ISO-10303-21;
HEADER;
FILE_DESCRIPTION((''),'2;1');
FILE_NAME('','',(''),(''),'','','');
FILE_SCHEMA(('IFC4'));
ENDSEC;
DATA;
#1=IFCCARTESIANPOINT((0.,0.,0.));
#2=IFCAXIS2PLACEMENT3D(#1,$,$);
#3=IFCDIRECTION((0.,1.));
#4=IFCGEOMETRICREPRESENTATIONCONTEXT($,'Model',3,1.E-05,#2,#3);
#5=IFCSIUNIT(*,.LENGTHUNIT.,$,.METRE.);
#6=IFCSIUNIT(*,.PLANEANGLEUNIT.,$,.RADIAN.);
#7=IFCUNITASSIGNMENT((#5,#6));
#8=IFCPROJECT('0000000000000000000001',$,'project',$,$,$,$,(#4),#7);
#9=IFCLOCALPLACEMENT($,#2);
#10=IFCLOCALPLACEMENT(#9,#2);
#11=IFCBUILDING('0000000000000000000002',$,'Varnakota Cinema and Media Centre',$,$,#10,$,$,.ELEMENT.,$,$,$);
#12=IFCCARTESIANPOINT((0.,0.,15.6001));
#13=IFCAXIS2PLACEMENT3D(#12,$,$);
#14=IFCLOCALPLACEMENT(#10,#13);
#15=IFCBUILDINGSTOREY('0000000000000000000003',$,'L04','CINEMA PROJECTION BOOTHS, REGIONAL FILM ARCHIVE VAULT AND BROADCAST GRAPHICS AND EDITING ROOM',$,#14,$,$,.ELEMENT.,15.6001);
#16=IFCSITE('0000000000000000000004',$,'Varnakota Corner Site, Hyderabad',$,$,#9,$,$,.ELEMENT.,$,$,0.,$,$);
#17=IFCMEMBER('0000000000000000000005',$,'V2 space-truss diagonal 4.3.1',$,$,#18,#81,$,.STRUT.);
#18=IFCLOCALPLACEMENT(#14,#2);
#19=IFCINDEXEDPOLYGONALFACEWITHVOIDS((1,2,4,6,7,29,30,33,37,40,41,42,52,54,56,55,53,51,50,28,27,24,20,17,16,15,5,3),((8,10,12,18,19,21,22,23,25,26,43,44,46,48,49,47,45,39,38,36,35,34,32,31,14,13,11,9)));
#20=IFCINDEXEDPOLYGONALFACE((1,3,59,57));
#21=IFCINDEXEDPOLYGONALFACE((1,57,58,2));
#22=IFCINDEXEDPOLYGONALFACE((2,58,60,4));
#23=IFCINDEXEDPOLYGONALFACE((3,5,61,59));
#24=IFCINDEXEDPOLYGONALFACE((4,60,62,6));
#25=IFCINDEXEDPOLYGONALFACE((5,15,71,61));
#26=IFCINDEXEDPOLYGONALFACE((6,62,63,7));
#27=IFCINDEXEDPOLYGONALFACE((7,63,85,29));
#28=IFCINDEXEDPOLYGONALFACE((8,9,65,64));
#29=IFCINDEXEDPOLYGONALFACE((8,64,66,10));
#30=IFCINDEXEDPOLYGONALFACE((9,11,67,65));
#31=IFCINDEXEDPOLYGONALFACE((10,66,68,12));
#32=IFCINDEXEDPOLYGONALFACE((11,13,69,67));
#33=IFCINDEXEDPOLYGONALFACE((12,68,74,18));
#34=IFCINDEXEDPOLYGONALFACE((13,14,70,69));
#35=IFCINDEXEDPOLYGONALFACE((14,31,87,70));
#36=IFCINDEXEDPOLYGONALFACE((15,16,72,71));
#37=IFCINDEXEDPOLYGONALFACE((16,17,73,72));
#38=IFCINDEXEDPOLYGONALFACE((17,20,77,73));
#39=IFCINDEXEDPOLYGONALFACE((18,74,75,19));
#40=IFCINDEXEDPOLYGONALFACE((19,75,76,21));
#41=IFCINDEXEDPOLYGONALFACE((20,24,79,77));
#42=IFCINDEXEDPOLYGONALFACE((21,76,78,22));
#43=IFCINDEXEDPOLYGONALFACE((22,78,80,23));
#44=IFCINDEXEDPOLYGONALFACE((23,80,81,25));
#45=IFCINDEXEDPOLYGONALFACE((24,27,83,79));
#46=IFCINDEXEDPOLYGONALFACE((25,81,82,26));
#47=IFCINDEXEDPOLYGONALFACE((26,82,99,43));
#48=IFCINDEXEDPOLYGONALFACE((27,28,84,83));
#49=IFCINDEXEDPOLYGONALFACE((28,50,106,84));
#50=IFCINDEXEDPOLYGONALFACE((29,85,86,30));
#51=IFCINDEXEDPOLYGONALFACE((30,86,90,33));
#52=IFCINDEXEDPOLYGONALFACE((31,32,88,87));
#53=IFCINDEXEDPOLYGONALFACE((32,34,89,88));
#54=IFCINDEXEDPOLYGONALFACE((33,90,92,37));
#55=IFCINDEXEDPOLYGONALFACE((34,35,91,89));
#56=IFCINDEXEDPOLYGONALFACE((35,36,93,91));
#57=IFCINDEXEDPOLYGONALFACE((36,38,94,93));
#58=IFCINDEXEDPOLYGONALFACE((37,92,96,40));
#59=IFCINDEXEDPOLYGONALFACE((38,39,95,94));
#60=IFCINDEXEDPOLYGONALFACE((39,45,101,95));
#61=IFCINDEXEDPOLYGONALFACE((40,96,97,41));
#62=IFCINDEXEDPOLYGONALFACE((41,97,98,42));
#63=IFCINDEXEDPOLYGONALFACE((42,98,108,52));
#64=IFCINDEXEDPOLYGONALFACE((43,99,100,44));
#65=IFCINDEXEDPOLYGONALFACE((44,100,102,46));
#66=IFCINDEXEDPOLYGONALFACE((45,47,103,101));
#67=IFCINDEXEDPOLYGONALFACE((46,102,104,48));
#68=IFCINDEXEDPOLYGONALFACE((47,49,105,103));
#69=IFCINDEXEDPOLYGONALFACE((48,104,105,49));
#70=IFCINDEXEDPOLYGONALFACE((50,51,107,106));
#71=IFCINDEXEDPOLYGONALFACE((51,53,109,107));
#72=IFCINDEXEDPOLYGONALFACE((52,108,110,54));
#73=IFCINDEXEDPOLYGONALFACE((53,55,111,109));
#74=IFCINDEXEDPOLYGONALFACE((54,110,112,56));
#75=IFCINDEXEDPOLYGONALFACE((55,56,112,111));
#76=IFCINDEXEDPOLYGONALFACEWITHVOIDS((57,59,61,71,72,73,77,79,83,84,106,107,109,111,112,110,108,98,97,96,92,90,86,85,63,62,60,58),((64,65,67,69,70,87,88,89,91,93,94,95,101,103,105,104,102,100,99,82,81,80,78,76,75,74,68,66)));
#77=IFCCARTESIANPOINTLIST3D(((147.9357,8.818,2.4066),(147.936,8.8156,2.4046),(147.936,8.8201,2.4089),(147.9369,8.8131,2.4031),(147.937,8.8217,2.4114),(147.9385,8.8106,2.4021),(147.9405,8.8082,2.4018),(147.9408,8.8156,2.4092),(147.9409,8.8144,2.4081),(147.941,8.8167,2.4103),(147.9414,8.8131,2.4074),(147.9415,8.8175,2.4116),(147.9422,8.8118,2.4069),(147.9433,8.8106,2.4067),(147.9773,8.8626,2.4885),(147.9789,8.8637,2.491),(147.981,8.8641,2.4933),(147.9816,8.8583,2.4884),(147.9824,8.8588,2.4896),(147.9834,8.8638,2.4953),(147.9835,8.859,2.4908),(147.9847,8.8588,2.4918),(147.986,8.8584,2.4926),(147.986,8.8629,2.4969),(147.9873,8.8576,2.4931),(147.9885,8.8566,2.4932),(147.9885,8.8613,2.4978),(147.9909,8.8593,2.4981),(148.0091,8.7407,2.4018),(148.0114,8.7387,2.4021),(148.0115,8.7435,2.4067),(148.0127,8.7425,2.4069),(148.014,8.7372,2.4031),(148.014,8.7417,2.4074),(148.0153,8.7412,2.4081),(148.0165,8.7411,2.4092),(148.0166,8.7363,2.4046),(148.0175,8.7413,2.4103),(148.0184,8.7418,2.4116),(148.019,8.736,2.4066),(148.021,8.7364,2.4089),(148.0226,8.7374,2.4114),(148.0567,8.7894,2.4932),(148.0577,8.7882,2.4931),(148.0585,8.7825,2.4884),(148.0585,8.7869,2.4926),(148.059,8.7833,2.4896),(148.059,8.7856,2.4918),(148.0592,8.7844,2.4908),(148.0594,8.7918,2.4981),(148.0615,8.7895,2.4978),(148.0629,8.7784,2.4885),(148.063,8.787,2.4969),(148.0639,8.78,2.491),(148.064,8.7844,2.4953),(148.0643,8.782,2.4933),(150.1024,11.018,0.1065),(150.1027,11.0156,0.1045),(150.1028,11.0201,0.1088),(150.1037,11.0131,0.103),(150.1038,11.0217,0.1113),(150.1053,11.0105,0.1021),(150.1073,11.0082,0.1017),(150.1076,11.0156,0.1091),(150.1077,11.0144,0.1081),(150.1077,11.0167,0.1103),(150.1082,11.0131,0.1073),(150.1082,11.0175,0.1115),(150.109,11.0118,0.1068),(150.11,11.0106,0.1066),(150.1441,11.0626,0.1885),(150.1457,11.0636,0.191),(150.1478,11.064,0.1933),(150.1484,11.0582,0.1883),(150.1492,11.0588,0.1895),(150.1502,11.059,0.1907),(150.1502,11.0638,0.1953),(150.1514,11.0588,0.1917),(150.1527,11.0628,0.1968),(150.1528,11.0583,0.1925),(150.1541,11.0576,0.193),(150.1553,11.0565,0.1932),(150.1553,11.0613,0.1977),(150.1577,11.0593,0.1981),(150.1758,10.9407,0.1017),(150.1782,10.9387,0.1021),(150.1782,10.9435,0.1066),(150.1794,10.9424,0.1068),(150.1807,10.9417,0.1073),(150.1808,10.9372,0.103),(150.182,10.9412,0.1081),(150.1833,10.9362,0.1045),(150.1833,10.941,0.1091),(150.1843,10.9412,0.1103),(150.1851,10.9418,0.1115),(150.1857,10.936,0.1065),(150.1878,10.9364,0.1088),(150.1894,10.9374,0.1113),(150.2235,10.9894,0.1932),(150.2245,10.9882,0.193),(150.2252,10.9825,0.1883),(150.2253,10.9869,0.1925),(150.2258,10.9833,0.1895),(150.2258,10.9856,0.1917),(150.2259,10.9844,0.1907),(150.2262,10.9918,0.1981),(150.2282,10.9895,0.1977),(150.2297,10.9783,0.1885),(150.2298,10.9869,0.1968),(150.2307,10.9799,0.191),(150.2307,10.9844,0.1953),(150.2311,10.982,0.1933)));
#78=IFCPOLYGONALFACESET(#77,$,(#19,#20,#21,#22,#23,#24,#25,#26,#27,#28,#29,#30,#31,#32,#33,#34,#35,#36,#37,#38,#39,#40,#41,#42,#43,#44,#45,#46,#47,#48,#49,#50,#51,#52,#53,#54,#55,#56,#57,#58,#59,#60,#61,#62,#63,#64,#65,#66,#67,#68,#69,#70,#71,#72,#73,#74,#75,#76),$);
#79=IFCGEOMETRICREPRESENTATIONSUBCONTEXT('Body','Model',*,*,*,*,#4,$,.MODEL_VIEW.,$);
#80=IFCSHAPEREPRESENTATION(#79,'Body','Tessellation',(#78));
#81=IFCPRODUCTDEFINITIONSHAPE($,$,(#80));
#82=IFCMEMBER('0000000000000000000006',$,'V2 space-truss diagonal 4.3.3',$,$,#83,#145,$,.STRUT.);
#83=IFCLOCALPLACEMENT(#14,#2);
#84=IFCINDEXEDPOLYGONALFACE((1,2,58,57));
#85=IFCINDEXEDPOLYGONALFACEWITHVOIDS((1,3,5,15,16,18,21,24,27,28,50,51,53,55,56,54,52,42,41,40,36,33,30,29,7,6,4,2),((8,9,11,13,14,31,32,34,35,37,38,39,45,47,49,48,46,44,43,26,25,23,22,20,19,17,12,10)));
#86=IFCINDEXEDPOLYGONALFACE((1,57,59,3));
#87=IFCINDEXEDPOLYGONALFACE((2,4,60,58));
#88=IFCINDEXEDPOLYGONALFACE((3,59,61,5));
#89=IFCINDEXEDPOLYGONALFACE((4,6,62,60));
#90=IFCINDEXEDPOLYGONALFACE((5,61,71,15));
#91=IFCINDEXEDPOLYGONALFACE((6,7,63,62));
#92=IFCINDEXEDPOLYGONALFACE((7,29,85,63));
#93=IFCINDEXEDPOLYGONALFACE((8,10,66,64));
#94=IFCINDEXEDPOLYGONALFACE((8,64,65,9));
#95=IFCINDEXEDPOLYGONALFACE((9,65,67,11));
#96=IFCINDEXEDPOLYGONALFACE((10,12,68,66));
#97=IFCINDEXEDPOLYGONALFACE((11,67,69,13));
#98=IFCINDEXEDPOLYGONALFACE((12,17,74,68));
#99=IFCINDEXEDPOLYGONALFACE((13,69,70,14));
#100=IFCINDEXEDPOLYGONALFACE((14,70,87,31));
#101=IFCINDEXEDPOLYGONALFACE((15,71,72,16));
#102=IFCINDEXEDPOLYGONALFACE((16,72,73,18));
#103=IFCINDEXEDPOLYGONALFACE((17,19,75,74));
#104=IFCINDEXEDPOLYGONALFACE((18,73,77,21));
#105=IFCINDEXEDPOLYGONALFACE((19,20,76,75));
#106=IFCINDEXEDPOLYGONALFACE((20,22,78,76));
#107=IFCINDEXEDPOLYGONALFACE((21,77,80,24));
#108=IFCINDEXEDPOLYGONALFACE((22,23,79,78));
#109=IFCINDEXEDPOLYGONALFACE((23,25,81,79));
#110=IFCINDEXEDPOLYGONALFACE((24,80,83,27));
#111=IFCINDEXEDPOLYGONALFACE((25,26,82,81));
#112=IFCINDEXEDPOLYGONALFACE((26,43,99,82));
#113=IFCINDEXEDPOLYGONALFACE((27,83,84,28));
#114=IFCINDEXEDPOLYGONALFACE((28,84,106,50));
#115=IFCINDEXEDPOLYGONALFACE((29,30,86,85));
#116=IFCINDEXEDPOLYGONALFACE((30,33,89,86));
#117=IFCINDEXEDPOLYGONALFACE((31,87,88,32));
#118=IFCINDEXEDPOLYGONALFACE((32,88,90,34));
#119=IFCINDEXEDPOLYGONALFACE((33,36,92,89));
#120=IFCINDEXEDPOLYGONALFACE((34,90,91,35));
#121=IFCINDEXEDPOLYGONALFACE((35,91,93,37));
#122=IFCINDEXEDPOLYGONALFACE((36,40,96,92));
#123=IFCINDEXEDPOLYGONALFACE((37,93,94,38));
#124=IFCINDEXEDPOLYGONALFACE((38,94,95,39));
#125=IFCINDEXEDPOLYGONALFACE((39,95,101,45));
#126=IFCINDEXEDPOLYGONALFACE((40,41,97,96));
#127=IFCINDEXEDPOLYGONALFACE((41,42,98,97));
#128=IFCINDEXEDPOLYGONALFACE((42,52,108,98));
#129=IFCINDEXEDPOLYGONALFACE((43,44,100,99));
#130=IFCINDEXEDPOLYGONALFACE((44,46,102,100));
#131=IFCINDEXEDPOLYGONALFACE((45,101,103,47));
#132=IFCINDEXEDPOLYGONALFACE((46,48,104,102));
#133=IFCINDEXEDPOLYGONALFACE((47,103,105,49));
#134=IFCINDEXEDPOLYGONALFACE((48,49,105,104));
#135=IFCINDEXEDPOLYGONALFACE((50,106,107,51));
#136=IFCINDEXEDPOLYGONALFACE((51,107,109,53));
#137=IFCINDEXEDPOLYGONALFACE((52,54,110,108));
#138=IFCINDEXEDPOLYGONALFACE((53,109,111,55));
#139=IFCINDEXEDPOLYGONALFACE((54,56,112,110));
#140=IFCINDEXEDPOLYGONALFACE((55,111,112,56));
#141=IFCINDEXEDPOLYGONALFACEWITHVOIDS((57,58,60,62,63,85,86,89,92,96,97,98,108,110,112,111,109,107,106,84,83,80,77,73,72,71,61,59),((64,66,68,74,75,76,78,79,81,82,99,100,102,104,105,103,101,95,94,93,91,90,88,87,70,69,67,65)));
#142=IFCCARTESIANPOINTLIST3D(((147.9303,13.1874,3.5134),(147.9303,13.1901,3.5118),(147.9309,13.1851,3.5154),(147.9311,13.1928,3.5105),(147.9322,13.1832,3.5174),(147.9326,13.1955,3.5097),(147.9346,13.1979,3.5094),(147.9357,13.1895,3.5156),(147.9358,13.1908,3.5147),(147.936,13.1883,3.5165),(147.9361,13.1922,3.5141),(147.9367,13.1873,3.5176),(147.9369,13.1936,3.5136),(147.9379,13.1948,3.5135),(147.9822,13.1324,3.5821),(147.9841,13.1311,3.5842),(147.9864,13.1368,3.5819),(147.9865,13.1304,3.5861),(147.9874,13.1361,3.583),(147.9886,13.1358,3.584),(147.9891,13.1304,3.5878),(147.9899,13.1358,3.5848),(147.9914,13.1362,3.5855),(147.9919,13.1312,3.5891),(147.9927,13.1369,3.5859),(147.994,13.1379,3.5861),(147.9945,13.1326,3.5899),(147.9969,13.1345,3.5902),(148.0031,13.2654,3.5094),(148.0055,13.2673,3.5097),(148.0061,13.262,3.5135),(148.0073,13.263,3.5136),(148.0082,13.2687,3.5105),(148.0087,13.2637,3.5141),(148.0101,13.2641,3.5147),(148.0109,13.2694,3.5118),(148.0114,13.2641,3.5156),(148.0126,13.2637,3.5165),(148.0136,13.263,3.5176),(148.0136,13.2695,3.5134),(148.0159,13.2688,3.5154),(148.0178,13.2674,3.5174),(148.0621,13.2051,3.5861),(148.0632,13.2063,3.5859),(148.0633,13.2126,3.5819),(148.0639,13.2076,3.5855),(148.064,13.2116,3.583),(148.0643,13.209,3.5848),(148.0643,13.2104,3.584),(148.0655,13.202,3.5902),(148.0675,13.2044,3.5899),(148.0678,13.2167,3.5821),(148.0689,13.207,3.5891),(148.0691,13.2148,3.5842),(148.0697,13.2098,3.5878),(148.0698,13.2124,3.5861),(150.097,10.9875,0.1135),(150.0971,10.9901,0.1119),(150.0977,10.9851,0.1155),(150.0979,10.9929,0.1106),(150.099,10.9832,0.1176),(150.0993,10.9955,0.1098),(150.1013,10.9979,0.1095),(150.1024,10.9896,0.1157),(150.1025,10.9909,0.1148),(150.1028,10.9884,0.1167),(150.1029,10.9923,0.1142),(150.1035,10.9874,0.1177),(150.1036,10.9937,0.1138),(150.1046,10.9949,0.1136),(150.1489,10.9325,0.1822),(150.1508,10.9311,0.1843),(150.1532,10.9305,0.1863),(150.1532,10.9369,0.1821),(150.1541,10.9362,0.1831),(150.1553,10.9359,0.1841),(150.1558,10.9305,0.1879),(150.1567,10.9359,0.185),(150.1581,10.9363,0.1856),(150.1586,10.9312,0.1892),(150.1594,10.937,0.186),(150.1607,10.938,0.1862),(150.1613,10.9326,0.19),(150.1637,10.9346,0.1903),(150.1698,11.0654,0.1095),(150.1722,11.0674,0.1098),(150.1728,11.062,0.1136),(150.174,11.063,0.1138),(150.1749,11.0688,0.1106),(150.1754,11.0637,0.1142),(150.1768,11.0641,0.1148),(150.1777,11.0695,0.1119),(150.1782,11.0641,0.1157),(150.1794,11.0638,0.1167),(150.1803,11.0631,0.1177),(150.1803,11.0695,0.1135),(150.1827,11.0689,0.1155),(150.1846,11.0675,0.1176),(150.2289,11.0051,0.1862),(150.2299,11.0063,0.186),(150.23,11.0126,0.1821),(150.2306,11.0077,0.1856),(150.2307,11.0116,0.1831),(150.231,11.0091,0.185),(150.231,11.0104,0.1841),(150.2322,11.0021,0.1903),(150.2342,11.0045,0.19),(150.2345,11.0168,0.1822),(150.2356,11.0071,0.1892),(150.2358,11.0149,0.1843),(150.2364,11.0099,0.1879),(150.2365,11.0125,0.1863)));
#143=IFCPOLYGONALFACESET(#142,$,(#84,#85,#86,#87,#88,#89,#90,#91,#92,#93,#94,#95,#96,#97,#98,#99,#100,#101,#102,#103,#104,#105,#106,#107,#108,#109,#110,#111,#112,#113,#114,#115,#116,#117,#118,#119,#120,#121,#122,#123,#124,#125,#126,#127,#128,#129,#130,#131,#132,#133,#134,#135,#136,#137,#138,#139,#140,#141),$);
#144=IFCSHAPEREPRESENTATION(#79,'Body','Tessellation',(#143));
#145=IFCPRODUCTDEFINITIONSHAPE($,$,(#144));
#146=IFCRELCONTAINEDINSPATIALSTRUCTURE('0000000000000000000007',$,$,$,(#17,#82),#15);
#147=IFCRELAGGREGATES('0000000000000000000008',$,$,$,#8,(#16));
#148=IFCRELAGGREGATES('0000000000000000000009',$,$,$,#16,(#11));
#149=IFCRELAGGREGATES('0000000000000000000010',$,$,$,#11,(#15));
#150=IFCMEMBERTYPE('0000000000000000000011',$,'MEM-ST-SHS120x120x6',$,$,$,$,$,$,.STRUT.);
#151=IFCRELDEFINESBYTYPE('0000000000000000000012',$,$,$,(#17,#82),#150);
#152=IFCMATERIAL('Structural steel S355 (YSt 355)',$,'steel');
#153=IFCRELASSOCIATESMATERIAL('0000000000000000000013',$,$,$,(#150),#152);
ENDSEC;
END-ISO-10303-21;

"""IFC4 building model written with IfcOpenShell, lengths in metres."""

from ifc_helpers import new_model, si_unit, direction, frame, origin, origin_2d, place, context, subcontext, project, spatial, hollow_rectangle, extrude, material, material_profile, profile_set, type_object, element, save


model = new_model("IFC4")

# Units and contexts
model_context = context("Model", 3, precision=1e-05, world=origin(), true_north=direction((0.0, 1.0)))
body_context = subcontext(model_context, "Body", "Model", "MODEL_VIEW")
ifc_project = project(units=[si_unit("LENGTHUNIT", "METRE"), si_unit("PLANEANGLEUNIT", "RADIAN")], contexts=[model_context])

# Site, building, storey
site_placement = place(None, origin())
site = spatial("IfcSite", under=ifc_project, at=site_placement, Name="Varnakota Corner Site, Hyderabad", CompositionType="ELEMENT", RefElevation=0.0)
building_placement = place(site_placement, origin())
building = spatial("IfcBuilding", under=site, at=building_placement, Name="Varnakota Cinema and Media Centre", CompositionType="ELEMENT")
storey_placement = place(building_placement, frame((0.0, 0.0, 15.6001)))
storey = spatial("IfcBuildingStorey", under=building, at=storey_placement, Name="L04", Description="CINEMA PROJECTION BOOTHS, REGIONAL FILM ARCHIVE VAULT AND BROADCAST GRAPHICS AND EDITING ROOM", CompositionType="ELEMENT", Elevation=15.6001)

# Members
ifc_material_1 = material(Name="Structural steel S355 (YSt 355)", Category="steel")
ifc_material_profile_1 = material_profile(ifc_material_1, hollow_rectangle(XDim=0.1201, YDim=0.1201, WallThickness=0.0061, InnerFilletRadius=0.0061, OuterFilletRadius=0.012, at=origin_2d()), Name="SHS 120x120x6")
ifc_profile_set_1 = profile_set([ifc_material_profile_1], Name="Structural steel S355 (YSt 355)")
member_type_1 = type_object("IfcMemberType", Name="MEM-ST-SHS120x120x6", PredefinedType="STRUT", material=ifc_profile_set_1)
member_1_placement = place(storey_placement, frame((150.1667, 11.0, 0.1499), z_axis=(-0.562748, -0.571371, 0.597369), x_axis=(0.712463, -0.70171, 0.0)))
element("IfcMember", 1, at=member_1_placement, inside=storey, type_object=member_type_1, Name="V2 space-truss diagonal 4.3.1", PredefinedType="STRUT", context=body_context, shape_type="SweptSolid", body=[
    extrude(hollow_rectangle(XDim=0.1201, YDim=0.1201, WallThickness=0.0061, InnerFilletRadius=0.0061, OuterFilletRadius=0.012, at=origin_2d()), origin(), (0.0, 0.0, 1.0), 3.8503),
])
member_2_placement = place(storey_placement, frame((150.1667, 11.0, 0.1499), z_axis=(-0.471769, 0.478999, 0.740266), x_axis=(-0.712463, -0.70171, 0.0)))
element("IfcMember", 2, at=member_2_placement, inside=storey, type_object=member_type_1, Name="V2 space-truss diagonal 4.3.3", PredefinedType="STRUT", context=body_context, shape_type="SweptSolid", body=[
    extrude(hollow_rectangle(XDim=0.1201, YDim=0.1201, WallThickness=0.0061, InnerFilletRadius=0.0061, OuterFilletRadius=0.012, at=origin_2d()), origin(), (0.0, 0.0, 1.0), 4.5928),
])

save(model, "model.ifc")
